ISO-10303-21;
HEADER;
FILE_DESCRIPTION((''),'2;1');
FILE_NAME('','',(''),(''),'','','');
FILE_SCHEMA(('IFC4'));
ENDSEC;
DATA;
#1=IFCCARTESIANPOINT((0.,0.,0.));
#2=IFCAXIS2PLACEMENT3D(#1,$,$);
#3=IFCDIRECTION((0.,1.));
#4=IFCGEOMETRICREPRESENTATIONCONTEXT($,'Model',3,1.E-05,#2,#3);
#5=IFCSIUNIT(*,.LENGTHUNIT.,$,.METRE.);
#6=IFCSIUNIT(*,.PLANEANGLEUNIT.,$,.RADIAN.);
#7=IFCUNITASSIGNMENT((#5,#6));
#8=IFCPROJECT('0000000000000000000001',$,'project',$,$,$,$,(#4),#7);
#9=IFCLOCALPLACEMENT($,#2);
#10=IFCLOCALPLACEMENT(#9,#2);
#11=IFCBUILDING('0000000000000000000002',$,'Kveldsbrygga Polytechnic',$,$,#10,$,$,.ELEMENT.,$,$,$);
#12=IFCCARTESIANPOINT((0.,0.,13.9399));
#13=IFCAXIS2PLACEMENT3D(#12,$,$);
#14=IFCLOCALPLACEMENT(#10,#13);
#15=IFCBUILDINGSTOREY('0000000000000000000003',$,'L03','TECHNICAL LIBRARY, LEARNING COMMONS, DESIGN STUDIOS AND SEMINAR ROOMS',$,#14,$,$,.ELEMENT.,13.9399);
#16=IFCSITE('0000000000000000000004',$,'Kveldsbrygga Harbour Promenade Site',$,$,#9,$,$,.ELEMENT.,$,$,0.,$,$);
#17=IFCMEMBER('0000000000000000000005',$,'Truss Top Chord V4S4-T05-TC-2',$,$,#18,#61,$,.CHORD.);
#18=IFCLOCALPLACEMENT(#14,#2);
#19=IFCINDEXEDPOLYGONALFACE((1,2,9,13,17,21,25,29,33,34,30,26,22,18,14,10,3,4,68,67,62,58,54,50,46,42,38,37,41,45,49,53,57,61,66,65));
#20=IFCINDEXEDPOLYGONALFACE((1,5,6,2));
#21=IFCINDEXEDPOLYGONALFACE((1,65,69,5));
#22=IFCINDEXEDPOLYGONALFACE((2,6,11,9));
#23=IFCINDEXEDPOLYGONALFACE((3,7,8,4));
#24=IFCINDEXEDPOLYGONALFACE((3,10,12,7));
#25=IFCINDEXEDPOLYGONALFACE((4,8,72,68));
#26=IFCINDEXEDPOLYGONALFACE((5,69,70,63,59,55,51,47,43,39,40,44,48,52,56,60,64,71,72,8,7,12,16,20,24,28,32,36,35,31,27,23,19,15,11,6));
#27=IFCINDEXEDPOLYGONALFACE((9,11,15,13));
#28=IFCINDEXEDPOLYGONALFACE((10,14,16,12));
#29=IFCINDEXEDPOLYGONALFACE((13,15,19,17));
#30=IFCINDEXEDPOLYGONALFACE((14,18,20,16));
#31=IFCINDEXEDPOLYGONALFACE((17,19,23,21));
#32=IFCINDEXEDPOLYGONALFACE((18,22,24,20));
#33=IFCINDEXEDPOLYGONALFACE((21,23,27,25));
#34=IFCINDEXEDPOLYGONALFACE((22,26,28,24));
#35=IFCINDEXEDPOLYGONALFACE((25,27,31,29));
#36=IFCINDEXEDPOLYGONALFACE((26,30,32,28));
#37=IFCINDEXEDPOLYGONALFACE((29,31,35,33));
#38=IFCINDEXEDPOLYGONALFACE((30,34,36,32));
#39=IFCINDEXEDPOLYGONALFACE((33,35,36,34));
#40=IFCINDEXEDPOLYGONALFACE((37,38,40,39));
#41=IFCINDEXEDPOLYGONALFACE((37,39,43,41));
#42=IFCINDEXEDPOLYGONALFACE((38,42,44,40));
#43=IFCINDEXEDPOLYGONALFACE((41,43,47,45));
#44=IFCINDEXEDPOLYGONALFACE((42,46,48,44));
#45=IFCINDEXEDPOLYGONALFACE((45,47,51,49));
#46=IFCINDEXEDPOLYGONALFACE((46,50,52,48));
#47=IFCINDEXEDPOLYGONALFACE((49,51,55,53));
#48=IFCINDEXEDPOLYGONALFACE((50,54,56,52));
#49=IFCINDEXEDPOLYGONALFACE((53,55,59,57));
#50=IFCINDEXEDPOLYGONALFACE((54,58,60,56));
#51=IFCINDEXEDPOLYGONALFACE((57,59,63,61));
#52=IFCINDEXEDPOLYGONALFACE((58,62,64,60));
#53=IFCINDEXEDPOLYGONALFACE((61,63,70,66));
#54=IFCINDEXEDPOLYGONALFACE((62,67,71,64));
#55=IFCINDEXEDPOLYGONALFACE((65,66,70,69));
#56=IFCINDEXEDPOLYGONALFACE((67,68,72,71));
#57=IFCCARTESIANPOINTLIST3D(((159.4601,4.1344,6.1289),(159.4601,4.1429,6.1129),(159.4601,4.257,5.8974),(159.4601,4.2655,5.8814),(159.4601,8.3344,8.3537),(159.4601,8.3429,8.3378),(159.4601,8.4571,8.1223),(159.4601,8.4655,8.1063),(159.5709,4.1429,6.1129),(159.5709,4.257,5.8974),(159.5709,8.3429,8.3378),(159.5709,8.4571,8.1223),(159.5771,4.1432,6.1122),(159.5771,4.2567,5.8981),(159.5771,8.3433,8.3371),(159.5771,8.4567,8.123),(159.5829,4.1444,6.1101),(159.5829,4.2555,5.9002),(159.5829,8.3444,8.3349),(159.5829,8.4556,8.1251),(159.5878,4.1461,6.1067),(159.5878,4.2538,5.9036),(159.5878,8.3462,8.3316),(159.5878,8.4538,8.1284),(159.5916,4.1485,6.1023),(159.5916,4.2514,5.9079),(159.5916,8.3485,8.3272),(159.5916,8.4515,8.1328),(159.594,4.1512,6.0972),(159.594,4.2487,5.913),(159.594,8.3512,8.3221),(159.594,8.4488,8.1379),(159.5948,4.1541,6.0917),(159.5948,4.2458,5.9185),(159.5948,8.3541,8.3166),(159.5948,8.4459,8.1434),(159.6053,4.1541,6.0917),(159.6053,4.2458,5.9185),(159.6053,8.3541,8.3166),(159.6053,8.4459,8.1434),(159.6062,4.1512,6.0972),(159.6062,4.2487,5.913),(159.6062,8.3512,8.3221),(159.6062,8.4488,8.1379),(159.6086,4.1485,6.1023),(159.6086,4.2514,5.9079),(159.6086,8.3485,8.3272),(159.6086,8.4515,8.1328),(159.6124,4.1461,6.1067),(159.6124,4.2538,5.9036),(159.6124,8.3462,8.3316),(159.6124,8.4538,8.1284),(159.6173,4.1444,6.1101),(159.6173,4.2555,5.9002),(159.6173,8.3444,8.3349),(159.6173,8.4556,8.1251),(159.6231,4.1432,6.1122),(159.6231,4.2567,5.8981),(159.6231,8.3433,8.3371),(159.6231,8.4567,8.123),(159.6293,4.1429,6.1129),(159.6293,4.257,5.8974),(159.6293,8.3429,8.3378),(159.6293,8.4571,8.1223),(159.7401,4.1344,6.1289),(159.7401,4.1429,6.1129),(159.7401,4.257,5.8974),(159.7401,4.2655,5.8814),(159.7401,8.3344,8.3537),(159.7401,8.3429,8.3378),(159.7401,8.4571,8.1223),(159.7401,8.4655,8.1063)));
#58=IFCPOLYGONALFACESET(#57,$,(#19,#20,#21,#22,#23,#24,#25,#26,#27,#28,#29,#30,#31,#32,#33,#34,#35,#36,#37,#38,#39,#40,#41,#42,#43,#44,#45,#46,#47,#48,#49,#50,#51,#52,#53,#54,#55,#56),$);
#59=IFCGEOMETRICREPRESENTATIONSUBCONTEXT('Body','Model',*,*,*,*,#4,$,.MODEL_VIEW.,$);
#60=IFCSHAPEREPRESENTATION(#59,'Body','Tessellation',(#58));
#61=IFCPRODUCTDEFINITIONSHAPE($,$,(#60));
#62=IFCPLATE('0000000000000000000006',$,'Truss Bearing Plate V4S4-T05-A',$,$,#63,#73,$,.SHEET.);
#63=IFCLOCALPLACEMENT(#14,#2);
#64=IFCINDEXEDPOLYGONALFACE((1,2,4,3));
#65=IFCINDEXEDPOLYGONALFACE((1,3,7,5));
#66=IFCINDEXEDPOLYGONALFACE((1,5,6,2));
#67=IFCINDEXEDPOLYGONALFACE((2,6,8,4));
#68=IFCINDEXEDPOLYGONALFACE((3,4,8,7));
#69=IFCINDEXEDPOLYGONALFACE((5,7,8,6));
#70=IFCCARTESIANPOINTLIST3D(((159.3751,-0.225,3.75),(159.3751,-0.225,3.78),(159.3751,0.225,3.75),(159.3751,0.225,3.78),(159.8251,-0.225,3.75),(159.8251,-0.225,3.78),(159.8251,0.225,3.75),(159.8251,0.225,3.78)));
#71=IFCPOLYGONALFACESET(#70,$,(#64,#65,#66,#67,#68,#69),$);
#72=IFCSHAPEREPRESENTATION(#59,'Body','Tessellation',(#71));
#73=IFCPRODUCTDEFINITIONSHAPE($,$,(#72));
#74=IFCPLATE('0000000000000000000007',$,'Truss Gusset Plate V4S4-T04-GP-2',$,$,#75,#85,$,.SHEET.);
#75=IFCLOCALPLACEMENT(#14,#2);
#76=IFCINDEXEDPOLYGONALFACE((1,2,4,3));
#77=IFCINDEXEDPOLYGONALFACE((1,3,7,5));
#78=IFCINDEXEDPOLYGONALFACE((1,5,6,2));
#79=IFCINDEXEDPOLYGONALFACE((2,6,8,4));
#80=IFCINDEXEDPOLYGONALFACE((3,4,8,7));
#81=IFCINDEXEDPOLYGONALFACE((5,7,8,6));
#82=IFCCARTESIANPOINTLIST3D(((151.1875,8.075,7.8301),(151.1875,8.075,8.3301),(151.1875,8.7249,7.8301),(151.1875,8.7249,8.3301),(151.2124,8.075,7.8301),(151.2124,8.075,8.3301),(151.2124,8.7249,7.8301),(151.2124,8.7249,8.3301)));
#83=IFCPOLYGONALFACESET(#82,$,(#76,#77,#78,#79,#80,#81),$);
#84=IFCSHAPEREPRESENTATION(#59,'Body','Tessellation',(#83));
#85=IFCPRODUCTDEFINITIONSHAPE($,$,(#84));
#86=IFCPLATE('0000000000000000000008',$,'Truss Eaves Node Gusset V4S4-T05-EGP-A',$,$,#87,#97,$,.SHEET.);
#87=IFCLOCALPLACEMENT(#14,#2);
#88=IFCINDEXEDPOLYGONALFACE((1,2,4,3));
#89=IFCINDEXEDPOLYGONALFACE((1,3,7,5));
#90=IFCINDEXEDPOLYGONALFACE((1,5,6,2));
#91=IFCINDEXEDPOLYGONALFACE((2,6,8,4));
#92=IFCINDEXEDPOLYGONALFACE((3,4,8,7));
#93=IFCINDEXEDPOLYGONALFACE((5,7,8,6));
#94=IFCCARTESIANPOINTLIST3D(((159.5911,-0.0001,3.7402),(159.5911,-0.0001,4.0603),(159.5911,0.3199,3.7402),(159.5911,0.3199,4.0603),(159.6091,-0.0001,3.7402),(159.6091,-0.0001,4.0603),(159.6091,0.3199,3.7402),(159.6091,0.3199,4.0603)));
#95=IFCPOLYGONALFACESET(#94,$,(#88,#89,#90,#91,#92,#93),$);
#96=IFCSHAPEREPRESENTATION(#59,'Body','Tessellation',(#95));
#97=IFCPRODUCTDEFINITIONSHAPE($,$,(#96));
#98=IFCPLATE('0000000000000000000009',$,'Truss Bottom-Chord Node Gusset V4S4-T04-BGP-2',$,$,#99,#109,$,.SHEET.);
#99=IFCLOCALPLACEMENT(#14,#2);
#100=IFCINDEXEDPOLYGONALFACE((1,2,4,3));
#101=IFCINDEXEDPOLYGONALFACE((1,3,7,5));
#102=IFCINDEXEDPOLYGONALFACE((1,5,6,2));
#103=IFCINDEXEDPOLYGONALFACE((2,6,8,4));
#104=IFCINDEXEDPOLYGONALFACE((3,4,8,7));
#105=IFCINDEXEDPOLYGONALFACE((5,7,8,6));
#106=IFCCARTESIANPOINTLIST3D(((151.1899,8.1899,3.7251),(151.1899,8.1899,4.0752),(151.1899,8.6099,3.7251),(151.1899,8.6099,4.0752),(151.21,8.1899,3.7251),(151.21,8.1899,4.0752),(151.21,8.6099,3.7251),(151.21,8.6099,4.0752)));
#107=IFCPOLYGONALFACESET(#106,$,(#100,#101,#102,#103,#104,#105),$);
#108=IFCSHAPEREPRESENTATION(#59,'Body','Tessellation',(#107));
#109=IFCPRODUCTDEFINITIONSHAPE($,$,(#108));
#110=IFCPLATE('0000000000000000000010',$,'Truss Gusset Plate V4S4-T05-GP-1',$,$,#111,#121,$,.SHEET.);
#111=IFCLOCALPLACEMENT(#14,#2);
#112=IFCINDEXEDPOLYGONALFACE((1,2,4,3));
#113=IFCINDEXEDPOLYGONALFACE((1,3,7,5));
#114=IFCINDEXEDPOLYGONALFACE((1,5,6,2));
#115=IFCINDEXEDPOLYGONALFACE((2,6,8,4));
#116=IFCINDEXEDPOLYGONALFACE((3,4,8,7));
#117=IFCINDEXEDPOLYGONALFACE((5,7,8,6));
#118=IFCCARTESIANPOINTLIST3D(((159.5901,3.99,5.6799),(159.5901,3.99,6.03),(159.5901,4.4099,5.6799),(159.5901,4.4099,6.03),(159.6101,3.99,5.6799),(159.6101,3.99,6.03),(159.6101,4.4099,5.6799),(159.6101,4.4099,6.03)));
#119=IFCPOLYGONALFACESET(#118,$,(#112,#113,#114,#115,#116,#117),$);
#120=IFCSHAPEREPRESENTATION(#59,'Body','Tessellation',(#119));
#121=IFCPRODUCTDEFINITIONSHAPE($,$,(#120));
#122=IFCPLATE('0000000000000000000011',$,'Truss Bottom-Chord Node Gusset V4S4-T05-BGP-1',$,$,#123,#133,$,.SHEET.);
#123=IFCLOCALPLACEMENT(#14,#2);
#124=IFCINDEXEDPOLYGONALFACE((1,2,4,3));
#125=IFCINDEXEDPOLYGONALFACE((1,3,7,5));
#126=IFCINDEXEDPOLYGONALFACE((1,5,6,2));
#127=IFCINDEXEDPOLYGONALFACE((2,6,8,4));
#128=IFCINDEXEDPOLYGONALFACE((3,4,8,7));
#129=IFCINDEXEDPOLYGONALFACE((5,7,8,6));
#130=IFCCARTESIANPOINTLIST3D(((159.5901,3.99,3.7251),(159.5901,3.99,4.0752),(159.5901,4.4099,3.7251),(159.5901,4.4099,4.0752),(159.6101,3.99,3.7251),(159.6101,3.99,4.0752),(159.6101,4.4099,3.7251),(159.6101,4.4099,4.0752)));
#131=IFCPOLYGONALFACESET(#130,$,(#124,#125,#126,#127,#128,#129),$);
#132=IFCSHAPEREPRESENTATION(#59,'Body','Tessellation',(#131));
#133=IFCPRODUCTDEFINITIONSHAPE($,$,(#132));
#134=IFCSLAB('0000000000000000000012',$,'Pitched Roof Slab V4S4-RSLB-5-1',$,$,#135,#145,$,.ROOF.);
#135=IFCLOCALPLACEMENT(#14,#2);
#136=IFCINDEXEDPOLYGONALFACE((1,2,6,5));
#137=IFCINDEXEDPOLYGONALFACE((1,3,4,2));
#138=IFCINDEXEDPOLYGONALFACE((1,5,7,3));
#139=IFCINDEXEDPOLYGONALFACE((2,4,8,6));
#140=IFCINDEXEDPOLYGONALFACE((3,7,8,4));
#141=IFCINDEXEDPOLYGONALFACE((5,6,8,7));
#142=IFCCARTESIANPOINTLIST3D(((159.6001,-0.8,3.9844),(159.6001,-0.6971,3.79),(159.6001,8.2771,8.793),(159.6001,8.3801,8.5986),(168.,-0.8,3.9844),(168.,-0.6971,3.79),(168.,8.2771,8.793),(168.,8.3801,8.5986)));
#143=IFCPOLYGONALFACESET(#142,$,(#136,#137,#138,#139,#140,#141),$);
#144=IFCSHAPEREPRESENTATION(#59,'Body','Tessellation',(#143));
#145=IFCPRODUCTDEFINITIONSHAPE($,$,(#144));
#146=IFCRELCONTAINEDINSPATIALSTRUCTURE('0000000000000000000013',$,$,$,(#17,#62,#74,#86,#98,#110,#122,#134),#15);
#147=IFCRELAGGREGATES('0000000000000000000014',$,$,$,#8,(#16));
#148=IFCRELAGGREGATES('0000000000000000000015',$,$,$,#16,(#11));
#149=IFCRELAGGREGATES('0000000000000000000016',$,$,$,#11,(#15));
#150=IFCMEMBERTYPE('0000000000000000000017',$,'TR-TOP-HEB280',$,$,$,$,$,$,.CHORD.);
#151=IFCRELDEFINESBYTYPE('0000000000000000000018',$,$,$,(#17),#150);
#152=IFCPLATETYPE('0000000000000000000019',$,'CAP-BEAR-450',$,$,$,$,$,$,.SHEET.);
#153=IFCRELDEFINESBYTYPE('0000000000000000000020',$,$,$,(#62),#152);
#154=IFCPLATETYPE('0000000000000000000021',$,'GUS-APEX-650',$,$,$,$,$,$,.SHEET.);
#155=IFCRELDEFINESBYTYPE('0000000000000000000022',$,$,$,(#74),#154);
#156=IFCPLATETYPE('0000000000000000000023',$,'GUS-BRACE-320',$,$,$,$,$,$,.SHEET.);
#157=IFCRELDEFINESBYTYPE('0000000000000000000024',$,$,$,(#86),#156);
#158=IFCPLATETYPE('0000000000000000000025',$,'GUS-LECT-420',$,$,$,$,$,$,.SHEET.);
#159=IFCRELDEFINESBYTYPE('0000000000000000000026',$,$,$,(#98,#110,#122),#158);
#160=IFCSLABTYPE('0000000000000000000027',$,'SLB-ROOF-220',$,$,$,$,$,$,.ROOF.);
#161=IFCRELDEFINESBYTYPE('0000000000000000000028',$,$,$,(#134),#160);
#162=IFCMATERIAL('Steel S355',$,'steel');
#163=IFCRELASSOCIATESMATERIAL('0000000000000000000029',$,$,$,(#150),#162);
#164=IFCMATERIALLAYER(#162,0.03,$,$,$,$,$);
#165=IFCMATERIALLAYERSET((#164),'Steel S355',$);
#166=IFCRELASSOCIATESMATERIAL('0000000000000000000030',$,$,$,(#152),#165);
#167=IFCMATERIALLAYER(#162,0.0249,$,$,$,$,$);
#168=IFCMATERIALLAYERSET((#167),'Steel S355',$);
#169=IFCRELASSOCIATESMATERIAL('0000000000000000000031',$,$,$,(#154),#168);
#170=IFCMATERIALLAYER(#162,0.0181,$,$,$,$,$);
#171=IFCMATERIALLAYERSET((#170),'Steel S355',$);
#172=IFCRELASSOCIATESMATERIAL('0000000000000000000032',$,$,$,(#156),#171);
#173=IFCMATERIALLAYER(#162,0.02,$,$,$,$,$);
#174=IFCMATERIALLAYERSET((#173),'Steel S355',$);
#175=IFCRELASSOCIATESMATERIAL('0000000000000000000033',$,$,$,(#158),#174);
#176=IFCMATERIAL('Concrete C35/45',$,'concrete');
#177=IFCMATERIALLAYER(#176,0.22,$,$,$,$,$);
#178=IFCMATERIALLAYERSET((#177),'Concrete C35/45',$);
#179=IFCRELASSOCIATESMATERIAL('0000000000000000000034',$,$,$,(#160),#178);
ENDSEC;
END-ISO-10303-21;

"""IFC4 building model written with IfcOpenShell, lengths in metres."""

from ifc_helpers import new_model, si_unit, direction, frame, origin, origin_2d, place, context, subcontext, project, spatial, polyline, rectangle, i_section, outline, extrude, material, layer, layer_set, material_profile, profile_set, type_object, element, save


model = new_model("IFC4")

# Units and contexts
model_context = context("Model", 3, precision=1e-05, world=origin(), true_north=direction((0.0, 1.0)))
body_context = subcontext(model_context, "Body", "Model", "MODEL_VIEW")
ifc_project = project(units=[si_unit("LENGTHUNIT", "METRE"), si_unit("PLANEANGLEUNIT", "RADIAN")], contexts=[model_context])

# Site, building, storey
site_placement = place(None, origin())
site = spatial("IfcSite", under=ifc_project, at=site_placement, Name="Kveldsbrygga Harbour Promenade Site", CompositionType="ELEMENT", RefElevation=0.0)
building_placement = place(site_placement, origin())
building = spatial("IfcBuilding", under=site, at=building_placement, Name="Kveldsbrygga Polytechnic", CompositionType="ELEMENT")
storey_placement = place(building_placement, frame((0.0, 0.0, 13.9399)))
storey = spatial("IfcBuildingStorey", under=building, at=storey_placement, Name="L03", Description="TECHNICAL LIBRARY, LEARNING COMMONS, DESIGN STUDIOS AND SEMINAR ROOMS", CompositionType="ELEMENT", Elevation=13.9399)

# Member
ifc_material_1 = material(Name="Steel S355", Category="steel")
ifc_material_profile_1 = material_profile(ifc_material_1, i_section(OverallWidth=0.28, OverallDepth=0.28, WebThickness=0.0105, FlangeThickness=0.0181, FilletRadius=0.0239, at=origin_2d()), Name="HEB 280")
ifc_profile_set_1 = profile_set([ifc_material_profile_1], Name="Steel S355")
member_type_1 = type_object("IfcMemberType", Name="TR-TOP-HEB280", PredefinedType="CHORD", material=ifc_profile_set_1)
for number, where, z_axis, x_axis, name in (
    (1, (159.6001, 4.2, 6.0051), (0.0, 0.88367, 0.46811), (-1.0, 0.0, 0.0), "Truss Top Chord V4S4-T05-TC-2"),
):
    element("IfcMember", number, at=place(storey_placement, frame(where, z_axis=z_axis, x_axis=x_axis)), inside=storey, type_object=member_type_1, Name=name, PredefinedType="CHORD", context=body_context, shape_type="SweptSolid", body=[
        extrude(i_section(OverallWidth=0.28, OverallDepth=0.28, WebThickness=0.0105, FlangeThickness=0.0181, FilletRadius=0.0239, at=origin_2d()), origin(), (0.0, 0.0, 1.0), 4.7529),
    ])

# Plates
ifc_layer_1 = layer(ifc_material_1, 0.03)
ifc_layer_set_1 = layer_set([ifc_layer_1], Name="Steel S355")
plate_type_1 = type_object("IfcPlateType", Name="CAP-BEAR-450", PredefinedType="SHEET", material=ifc_layer_set_1)
plate_1_placement = place(storey_placement, frame((159.6001, 0.0, 3.75), z_axis=(0.0, 0.0, 1.0), x_axis=(1.0, 0.0, 0.0)))
element("IfcPlate", 2, at=plate_1_placement, inside=storey, type_object=plate_type_1, Name="Truss Bearing Plate V4S4-T05-A", PredefinedType="SHEET", context=body_context, shape_type="SweptSolid", body=[
    extrude(rectangle(XDim=0.45, YDim=0.45, at=origin_2d()), origin(), (0.0, 0.0, 1.0), 0.03),
])
ifc_layer_2 = layer(ifc_material_1, 0.0249)
ifc_layer_set_2 = layer_set([ifc_layer_2], Name="Steel S355")
plate_type_2 = type_object("IfcPlateType", Name="GUS-APEX-650", PredefinedType="SHEET", material=ifc_layer_set_2)
plate_2_placement = place(storey_placement, frame((151.2, 8.3999, 7.8301), z_axis=(0.0, 0.0, 1.0), x_axis=(1.0, 0.0, 0.0)))
element("IfcPlate", 3, at=plate_2_placement, inside=storey, type_object=plate_type_2, Name="Truss Gusset Plate V4S4-T04-GP-2", PredefinedType="SHEET", context=body_context, shape_type="SweptSolid", body=[
    extrude(rectangle(XDim=0.0249, YDim=0.6499, at=origin_2d()), origin(), (0.0, 0.0, 1.0), 0.5),
])
ifc_layer_3 = layer(ifc_material_1, 0.0181)
ifc_layer_set_3 = layer_set([ifc_layer_3], Name="Steel S355")
plate_type_3 = type_object("IfcPlateType", Name="GUS-BRACE-320", PredefinedType="SHEET", material=ifc_layer_set_3)
plate_3_placement = place(storey_placement, frame((159.6001, 0.1599, 3.7402), z_axis=(0.0, 0.0, 1.0), x_axis=(1.0, 0.0, 0.0)))
element("IfcPlate", 4, at=plate_3_placement, inside=storey, type_object=plate_type_3, Name="Truss Eaves Node Gusset V4S4-T05-EGP-A", PredefinedType="SHEET", context=body_context, shape_type="SweptSolid", body=[
    extrude(rectangle(XDim=0.0181, YDim=0.3201, at=origin_2d()), origin(), (0.0, 0.0, 1.0), 0.3201),
])
ifc_layer_4 = layer(ifc_material_1, 0.02)
ifc_layer_set_4 = layer_set([ifc_layer_4], Name="Steel S355")
plate_type_4 = type_object("IfcPlateType", Name="GUS-LECT-420", PredefinedType="SHEET", material=ifc_layer_set_4)
for number, where, z_axis, x_axis, name in (
    (5, (151.2, 8.3999, 3.7251), (0.0, 0.0, 1.0), (1.0, 0.0, 0.0), "Truss Bottom-Chord Node Gusset V4S4-T04-BGP-2"),
    (6, (159.6001, 4.2, 5.6799), (0.0, 0.0, 1.0), (1.0, 0.0, 0.0), "Truss Gusset Plate V4S4-T05-GP-1"),
    (7, (159.6001, 4.2, 3.7251), (0.0, 0.0, 1.0), (1.0, 0.0, 0.0), "Truss Bottom-Chord Node Gusset V4S4-T05-BGP-1"),
):
    element("IfcPlate", number, at=place(storey_placement, frame(where, z_axis=z_axis, x_axis=x_axis)), inside=storey, type_object=plate_type_4, Name=name, PredefinedType="SHEET", context=body_context, shape_type="SweptSolid", body=[
        extrude(rectangle(XDim=0.02, YDim=0.4199, at=origin_2d()), origin(), (0.0, 0.0, 1.0), 0.3501),
    ])

# Slab
ifc_material_2 = material(Name="Concrete C35/45", Category="concrete")
ifc_layer_5 = layer(ifc_material_2, 0.22)
ifc_layer_set_5 = layer_set([ifc_layer_5], Name="Concrete C35/45")
slab_type = type_object("IfcSlabType", Name="SLB-ROOF-220", PredefinedType="ROOF", material=ifc_layer_set_5)
slab_placement = place(storey_placement, frame((159.6001, -0.8, 3.9844), z_axis=(0.0, -0.468119, 0.883665), x_axis=(1.0, 0.0, 0.0)))
element("IfcSlab", 8, at=slab_placement, inside=storey, type_object=slab_type, Name="Pitched Roof Slab V4S4-RSLB-5-1", PredefinedType="ROOF", context=body_context, shape_type="SweptSolid", body=[
    extrude(outline(polyline([(0.0, 0.0), (8.3999, 0.0), (8.3999, 10.2722), (0.0, 10.2722), (0.0, 0.0)])), origin(), (0.0, 0.0, -1.0), 0.22),
])

save(model, "model.ifc")
